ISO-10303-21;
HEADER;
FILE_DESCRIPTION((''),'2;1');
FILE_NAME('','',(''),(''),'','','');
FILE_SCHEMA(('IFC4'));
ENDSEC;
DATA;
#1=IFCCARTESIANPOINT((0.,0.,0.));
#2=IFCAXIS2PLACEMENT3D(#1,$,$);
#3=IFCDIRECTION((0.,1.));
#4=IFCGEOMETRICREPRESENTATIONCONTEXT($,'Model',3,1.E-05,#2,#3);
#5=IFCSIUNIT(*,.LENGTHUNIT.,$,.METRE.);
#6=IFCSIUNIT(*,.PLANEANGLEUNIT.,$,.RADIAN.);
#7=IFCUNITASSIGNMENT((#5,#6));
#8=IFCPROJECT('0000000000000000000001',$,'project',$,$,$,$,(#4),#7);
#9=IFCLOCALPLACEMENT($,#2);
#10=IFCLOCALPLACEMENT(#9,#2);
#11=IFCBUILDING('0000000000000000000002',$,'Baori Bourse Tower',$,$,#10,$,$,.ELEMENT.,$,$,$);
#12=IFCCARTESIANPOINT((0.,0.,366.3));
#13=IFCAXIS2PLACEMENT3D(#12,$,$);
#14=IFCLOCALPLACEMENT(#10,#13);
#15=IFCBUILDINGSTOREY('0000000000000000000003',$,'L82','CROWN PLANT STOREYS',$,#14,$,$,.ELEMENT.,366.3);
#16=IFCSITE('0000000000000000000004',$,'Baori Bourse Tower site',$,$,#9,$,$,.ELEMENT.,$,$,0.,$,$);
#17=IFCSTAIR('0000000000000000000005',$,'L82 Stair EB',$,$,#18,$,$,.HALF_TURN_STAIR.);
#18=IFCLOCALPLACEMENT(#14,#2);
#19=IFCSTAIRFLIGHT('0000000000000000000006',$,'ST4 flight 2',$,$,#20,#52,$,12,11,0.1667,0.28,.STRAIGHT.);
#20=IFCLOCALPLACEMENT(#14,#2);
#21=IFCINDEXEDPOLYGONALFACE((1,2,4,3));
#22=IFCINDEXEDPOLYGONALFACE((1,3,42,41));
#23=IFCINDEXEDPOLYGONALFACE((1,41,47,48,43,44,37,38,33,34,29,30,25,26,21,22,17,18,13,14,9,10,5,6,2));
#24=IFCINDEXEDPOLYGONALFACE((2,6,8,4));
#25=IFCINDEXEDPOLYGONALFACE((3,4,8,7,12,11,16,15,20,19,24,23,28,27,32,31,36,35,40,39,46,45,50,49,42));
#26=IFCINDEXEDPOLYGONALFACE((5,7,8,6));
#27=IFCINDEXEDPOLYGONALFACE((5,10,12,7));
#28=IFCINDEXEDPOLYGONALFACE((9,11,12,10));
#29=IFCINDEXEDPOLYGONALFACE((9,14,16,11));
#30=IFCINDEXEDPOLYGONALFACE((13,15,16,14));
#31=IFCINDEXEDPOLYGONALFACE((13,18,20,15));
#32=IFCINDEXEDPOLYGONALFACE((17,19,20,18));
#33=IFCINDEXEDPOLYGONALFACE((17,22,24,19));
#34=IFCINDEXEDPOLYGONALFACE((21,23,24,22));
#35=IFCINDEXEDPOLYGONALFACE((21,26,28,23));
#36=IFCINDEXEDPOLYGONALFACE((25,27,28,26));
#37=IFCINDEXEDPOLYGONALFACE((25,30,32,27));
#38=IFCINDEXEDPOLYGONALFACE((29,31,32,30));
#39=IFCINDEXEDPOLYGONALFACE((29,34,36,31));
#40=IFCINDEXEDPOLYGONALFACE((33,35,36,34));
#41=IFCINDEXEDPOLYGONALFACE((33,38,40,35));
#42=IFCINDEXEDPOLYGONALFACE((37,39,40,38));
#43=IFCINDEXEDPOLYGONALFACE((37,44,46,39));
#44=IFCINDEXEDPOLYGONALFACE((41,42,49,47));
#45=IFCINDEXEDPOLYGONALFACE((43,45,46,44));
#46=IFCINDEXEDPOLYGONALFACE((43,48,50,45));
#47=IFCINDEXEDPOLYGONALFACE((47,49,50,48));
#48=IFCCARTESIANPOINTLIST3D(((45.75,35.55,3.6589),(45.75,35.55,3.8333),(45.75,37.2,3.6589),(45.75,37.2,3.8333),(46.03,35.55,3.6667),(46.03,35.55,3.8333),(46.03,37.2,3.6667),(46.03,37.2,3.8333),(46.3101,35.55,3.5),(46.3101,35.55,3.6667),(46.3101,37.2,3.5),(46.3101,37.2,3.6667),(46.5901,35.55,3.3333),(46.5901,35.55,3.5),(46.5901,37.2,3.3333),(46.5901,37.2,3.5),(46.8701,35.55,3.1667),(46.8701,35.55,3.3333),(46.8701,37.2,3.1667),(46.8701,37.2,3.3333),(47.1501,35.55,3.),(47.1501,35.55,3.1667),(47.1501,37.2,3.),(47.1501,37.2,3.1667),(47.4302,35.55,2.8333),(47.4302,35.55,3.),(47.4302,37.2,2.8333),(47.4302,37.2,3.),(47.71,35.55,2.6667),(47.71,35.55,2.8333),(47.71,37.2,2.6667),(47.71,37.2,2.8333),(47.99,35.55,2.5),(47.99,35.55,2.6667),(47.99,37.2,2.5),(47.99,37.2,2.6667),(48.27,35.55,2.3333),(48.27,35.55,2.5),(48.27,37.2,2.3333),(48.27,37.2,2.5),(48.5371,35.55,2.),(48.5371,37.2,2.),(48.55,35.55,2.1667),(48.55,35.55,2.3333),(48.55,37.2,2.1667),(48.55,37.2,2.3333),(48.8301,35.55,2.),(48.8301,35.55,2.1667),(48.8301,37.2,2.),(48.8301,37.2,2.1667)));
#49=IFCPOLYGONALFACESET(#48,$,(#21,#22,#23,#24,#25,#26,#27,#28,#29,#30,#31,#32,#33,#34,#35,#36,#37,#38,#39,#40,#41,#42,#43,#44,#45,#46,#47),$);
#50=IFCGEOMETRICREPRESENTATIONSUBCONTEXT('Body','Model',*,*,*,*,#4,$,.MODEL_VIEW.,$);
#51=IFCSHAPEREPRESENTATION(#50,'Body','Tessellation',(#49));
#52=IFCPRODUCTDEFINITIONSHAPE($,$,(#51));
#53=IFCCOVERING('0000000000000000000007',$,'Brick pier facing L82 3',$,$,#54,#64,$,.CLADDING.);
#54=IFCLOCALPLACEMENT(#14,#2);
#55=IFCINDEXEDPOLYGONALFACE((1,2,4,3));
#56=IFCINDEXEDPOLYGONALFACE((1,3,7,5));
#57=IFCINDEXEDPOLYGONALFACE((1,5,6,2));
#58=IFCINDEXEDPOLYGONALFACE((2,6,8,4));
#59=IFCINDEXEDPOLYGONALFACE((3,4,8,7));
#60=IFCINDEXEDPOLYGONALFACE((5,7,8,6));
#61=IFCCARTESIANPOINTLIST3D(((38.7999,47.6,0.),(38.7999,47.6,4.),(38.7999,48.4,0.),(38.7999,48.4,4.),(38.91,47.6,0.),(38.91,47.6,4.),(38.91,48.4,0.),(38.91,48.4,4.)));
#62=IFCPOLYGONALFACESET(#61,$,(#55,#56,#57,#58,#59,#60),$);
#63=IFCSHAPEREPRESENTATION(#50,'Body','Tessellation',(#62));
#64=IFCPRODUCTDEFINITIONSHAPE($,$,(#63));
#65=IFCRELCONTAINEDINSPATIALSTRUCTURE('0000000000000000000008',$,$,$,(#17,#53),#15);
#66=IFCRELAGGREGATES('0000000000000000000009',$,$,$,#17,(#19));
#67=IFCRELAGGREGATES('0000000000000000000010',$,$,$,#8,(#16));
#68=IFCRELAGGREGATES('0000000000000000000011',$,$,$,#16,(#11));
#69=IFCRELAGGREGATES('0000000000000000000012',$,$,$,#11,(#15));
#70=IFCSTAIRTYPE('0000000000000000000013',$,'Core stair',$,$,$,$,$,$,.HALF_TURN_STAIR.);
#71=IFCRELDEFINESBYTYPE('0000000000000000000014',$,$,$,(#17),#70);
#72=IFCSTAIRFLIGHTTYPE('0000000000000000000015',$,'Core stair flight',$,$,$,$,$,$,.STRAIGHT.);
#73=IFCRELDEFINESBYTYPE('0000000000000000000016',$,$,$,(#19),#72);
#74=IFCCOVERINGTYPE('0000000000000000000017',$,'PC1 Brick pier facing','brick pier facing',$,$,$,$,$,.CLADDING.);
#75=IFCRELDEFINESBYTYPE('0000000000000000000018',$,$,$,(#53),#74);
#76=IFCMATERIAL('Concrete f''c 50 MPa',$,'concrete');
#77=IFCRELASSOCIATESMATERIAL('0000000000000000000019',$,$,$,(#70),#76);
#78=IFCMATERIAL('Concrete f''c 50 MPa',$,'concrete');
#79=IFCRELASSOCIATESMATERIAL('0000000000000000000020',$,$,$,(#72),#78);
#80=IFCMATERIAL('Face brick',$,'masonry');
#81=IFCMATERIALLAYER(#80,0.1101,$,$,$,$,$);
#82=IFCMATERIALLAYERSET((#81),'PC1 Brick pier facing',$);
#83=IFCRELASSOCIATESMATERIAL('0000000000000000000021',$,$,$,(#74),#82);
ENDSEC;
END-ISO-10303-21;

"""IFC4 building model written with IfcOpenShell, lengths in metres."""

from ifc_helpers import new_model, si_unit, direction, frame, origin, origin_2d, place, context, subcontext, project, spatial, polyline, rectangle, outline, extrude, material, layer, layer_set, type_object, element, aggregate, save


model = new_model("IFC4")

# Units and contexts
model_context = context("Model", 3, precision=1e-05, world=origin(), true_north=direction((0.0, 1.0)))
body_context = subcontext(model_context, "Body", "Model", "MODEL_VIEW")
ifc_project = project(units=[si_unit("LENGTHUNIT", "METRE"), si_unit("PLANEANGLEUNIT", "RADIAN")], contexts=[model_context])

# Site, building, storey
site_placement = place(None, origin())
site = spatial("IfcSite", under=ifc_project, at=site_placement, Name="Baori Bourse Tower site", CompositionType="ELEMENT", RefElevation=0.0)
building_placement = place(site_placement, origin())
building = spatial("IfcBuilding", under=site, at=building_placement, Name="Baori Bourse Tower", CompositionType="ELEMENT")
storey_placement = place(building_placement, frame((0.0, 0.0, 366.3)))
storey = spatial("IfcBuildingStorey", under=building, at=storey_placement, Name="L82", Description="CROWN PLANT STOREYS", CompositionType="ELEMENT", Elevation=366.3)

# Stair, stair flight
ifc_material_1 = material(Name="Concrete f'c 50 MPa", Category="concrete")
stair_type = type_object("IfcStairType", Name="Core stair", PredefinedType="HALF_TURN_STAIR", material=ifc_material_1)
stair_placement = place(storey_placement, origin())
stair = element("IfcStair", 1, at=stair_placement, inside=storey, type_object=stair_type, Name="L82 Stair EB", PredefinedType="HALF_TURN_STAIR")
ifc_material_2 = material(Name="Concrete f'c 50 MPa", Category="concrete")
stair_flight_type = type_object("IfcStairFlightType", Name="Core stair flight", PredefinedType="STRAIGHT", material=ifc_material_2)
stair_flight_1_placement = place(storey_placement, frame((48.8301, 36.375, 2.0), z_axis=(0.0, 0.0, 1.0), x_axis=(-1.0, 0.0, 0.0)))
stair_flight_1 = element("IfcStairFlight", 2, at=stair_flight_1_placement, type_object=stair_flight_type, Name="ST4 flight 2", NumberOfRisers=12, NumberOfTreads=11, PredefinedType="STRAIGHT", RiserHeight=0.1667, TreadLength=0.28, context=body_context, shape_type="SweptSolid", body=[
    extrude(outline(polyline([(0.0, 0.0), (0.0, 0.1667), (0.28, 0.1667), (0.28, 0.3333), (0.5601, 0.3333), (0.5601, 0.5), (0.8401, 0.5), (0.8401, 0.6667), (1.1201, 0.6667), (1.1201, 0.8333), (1.3999, 0.8333), (1.3999, 1.0), (1.6799, 1.0), (1.6799, 1.1667), (1.96, 1.1667), (1.96, 1.3333), (2.24, 1.3333), (2.24, 1.5), (2.52, 1.5), (2.52, 1.6667), (2.8, 1.6667), (2.8, 1.8333), (3.0801, 1.8333), (3.0801, 2.0), (3.0801, 1.6589), (0.293, 0.0), (0.0, 0.0)])), frame((0.0, 0.825, 0.0), z_axis=(0.0, -1.0, 0.0), x_axis=(1.0, 0.0, 0.0)), (0.0, 0.0, 1.0), 1.6499),
])
aggregate(stair, [stair_flight_1])

# Covering
ifc_material_3 = material(Name="Face brick", Category="masonry")
ifc_layer_1 = layer(ifc_material_3, 0.1101)
ifc_layer_set_1 = layer_set([ifc_layer_1], Name="PC1 Brick pier facing")
covering_type = type_object("IfcCoveringType", Name="PC1 Brick pier facing", Description="brick pier facing", PredefinedType="CLADDING", material=ifc_layer_set_1)
covering_placement = place(storey_placement, frame((38.855, 48.0, 0.0), z_axis=(0.0, 0.0, 1.0), x_axis=(1.0, 0.0, 0.0)))
element("IfcCovering", 3, at=covering_placement, inside=storey, type_object=covering_type, Name="Brick pier facing L82 3", PredefinedType="CLADDING", context=body_context, shape_type="SweptSolid", body=[
    extrude(rectangle(XDim=0.1101, YDim=0.8, at=origin_2d()), origin(), (0.0, 0.0, 1.0), 4.0),
])

save(model, "model.ifc")
